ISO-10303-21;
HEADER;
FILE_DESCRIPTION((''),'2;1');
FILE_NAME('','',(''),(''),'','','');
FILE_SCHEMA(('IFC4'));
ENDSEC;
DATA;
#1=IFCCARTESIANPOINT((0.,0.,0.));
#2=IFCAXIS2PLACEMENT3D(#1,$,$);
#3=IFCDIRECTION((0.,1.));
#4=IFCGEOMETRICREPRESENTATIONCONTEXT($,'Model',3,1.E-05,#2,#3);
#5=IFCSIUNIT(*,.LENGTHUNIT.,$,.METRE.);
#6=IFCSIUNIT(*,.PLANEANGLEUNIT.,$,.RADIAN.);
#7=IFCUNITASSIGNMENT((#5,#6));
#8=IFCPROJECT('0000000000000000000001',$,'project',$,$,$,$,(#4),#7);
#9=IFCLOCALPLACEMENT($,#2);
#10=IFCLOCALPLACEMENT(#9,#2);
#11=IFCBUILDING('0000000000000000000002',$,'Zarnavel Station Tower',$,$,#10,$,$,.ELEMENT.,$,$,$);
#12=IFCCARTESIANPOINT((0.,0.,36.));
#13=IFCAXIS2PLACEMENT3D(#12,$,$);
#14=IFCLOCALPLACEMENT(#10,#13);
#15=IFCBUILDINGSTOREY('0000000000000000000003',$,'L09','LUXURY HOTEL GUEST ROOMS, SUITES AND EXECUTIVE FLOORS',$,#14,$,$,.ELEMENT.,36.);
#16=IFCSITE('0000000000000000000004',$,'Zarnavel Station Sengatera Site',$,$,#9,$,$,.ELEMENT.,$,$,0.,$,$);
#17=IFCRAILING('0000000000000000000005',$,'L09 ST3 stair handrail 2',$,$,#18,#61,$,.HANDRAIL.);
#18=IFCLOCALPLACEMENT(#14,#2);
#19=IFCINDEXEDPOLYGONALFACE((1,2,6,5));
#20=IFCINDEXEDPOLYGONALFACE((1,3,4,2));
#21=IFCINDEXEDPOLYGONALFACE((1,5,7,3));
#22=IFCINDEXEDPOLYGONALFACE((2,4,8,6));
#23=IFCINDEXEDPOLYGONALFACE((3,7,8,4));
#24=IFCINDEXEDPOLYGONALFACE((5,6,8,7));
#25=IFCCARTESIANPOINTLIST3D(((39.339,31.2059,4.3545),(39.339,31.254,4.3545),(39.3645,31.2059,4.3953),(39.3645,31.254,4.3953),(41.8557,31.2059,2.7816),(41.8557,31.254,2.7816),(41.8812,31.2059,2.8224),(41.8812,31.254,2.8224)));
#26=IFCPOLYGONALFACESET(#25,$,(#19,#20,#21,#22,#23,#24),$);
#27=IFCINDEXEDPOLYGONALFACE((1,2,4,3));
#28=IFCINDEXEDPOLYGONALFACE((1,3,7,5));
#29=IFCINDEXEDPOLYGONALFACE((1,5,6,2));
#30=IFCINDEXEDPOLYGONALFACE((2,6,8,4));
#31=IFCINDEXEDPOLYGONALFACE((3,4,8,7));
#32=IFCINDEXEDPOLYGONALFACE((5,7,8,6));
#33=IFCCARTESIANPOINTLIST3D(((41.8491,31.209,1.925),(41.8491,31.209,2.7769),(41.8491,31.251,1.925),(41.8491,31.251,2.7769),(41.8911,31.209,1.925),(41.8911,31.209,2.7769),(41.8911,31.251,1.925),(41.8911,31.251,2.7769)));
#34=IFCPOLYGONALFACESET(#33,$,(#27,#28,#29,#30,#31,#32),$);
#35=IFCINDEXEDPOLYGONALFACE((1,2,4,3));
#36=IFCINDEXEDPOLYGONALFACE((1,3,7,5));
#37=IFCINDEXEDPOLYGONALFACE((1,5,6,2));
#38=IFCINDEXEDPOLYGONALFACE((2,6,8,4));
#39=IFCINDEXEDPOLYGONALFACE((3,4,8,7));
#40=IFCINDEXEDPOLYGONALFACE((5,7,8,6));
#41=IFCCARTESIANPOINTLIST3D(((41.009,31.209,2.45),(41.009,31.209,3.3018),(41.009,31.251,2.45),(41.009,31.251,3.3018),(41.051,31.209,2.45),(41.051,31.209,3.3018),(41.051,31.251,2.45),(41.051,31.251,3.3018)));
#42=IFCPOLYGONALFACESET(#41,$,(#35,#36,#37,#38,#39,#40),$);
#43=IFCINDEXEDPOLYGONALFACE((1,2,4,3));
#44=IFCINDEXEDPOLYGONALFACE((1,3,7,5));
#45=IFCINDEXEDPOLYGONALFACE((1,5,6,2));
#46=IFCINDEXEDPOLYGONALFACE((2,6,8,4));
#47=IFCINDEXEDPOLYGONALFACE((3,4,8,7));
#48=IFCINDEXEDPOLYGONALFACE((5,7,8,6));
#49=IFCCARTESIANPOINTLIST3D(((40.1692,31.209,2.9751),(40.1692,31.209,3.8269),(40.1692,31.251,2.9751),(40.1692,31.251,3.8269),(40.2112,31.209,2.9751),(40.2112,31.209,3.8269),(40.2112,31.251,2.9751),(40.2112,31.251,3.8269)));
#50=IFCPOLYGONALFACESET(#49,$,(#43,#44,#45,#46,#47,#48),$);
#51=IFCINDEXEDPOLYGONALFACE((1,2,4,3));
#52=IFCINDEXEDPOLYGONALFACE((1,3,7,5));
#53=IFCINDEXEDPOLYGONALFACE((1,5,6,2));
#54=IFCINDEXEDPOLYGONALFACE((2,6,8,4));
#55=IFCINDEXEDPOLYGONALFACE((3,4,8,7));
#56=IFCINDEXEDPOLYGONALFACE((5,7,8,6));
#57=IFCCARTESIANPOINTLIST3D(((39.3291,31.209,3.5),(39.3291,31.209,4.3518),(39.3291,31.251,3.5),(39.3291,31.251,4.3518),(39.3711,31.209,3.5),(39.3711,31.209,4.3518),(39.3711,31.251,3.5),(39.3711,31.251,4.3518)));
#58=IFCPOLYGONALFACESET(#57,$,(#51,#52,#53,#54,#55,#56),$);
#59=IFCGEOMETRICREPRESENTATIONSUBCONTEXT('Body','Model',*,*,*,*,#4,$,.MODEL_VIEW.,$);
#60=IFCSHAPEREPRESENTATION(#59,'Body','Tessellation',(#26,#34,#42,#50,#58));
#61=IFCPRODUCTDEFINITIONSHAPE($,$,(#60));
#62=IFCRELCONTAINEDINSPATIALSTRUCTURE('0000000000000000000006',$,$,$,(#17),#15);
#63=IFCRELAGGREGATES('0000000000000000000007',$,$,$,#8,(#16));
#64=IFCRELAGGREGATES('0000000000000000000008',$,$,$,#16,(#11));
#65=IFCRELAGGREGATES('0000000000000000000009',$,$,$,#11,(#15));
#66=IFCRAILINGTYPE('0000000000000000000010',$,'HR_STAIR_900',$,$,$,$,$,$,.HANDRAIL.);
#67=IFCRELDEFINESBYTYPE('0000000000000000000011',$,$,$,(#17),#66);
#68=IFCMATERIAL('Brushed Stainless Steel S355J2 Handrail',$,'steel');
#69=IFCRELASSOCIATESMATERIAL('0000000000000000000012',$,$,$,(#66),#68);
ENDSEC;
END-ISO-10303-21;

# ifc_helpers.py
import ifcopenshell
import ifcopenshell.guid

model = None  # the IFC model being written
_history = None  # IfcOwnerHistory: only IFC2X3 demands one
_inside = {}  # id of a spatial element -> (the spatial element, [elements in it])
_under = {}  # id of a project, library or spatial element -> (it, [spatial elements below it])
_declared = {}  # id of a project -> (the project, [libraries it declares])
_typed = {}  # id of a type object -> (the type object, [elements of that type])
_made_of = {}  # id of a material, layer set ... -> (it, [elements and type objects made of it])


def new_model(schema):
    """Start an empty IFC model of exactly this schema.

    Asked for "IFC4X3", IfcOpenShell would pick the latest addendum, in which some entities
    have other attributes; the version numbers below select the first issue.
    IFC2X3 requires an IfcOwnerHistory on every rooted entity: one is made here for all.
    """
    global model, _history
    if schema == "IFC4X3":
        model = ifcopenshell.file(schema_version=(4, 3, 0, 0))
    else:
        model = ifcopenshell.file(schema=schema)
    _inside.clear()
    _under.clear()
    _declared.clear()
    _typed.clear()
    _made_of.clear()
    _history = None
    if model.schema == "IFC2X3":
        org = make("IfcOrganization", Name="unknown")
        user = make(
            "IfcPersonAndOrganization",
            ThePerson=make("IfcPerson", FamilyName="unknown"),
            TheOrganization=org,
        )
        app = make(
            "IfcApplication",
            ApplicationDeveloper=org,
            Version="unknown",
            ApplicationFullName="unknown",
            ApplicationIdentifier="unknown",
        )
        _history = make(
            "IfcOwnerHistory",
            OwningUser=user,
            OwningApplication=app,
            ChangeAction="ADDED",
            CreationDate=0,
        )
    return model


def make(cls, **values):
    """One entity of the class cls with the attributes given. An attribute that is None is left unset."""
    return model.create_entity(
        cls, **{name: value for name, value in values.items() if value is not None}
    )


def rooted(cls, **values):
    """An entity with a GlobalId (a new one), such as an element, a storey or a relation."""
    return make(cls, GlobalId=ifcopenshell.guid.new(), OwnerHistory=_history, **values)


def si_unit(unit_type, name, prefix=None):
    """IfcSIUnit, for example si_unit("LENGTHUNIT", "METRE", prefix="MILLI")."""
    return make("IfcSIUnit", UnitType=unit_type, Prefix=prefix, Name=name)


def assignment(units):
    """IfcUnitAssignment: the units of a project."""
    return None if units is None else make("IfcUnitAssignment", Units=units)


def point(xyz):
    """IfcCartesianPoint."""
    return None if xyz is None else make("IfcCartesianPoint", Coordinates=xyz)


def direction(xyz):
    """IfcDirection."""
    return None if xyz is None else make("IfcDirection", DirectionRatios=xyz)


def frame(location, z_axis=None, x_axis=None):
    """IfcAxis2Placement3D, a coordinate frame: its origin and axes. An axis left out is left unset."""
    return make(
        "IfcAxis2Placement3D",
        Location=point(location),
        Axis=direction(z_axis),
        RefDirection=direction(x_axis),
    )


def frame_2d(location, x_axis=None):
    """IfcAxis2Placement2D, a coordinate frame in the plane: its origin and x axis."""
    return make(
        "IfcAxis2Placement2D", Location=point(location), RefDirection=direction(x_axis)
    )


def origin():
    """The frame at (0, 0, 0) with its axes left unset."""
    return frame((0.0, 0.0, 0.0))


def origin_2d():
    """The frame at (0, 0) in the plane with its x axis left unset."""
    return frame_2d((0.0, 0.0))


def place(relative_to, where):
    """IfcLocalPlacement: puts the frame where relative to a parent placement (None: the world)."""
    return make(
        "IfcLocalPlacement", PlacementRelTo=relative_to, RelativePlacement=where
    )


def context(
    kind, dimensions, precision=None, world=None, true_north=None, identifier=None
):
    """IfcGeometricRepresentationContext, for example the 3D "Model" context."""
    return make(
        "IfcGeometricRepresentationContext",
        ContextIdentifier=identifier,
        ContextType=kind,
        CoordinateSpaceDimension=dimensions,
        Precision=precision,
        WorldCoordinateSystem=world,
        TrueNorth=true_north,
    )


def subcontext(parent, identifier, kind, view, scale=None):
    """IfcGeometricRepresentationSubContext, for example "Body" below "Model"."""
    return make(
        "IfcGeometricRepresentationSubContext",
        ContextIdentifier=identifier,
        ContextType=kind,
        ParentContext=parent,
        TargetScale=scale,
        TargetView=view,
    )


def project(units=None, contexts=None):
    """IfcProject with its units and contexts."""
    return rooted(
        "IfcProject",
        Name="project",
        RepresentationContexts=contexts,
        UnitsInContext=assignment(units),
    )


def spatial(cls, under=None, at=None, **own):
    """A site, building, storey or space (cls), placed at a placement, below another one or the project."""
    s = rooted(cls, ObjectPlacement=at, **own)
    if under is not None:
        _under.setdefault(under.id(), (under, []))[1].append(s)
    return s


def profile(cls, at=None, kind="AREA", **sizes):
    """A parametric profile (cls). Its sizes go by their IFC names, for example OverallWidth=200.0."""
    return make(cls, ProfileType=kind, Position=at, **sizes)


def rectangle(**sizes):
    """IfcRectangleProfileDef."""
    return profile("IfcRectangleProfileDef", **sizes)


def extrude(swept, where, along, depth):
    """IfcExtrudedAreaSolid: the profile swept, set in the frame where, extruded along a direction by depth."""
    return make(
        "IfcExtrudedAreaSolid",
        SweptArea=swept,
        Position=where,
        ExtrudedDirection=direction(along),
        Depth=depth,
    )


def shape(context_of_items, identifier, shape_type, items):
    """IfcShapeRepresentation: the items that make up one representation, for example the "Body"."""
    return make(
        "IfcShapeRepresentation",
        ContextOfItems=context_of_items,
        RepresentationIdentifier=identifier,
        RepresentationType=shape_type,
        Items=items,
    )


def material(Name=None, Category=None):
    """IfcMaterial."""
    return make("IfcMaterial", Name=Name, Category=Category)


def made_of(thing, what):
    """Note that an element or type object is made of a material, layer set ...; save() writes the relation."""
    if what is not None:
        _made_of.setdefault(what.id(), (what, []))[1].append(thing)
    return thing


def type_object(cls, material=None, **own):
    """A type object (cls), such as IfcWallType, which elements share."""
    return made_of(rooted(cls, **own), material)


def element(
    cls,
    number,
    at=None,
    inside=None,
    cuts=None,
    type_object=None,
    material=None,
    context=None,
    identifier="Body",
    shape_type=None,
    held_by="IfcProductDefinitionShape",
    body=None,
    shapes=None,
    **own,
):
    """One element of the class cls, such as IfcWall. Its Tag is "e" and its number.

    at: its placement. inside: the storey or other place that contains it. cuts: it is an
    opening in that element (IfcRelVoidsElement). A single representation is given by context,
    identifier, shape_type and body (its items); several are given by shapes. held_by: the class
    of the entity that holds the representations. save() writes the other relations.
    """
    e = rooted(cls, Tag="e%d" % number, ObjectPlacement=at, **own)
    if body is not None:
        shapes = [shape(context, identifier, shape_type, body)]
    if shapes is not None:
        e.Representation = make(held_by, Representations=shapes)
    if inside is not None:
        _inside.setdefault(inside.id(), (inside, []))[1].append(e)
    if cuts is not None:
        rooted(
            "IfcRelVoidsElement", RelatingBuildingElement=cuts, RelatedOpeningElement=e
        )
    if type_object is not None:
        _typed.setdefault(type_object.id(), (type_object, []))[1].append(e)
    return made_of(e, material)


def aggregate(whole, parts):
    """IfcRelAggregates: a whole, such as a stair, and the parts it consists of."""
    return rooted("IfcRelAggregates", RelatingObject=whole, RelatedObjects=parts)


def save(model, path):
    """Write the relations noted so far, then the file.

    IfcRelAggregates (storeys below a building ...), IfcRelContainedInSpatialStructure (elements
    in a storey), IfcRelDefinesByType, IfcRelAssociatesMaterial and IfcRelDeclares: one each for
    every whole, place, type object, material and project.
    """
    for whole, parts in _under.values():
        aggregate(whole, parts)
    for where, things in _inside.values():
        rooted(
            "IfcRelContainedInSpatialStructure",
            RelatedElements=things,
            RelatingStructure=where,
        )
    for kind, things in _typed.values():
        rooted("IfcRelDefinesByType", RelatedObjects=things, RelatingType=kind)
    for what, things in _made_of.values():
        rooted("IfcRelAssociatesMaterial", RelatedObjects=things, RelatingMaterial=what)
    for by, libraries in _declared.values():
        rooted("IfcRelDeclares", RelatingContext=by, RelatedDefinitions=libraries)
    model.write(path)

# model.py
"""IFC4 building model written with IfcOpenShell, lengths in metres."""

from ifc_helpers import new_model, si_unit, direction, frame, origin, origin_2d, place, context, subcontext, project, spatial, rectangle, extrude, material, type_object, element, save


model = new_model("IFC4")

# Units and contexts
model_context = context("Model", 3, precision=1e-05, world=origin(), true_north=direction((0.0, 1.0)))
body_context = subcontext(model_context, "Body", "Model", "MODEL_VIEW")
ifc_project = project(units=[si_unit("LENGTHUNIT", "METRE"), si_unit("PLANEANGLEUNIT", "RADIAN")], contexts=[model_context])

# Site, building, storey
site_placement = place(None, origin())
site = spatial("IfcSite", under=ifc_project, at=site_placement, Name="Zarnavel Station Sengatera Site", CompositionType="ELEMENT", RefElevation=0.0)
building_placement = place(site_placement, origin())
building = spatial("IfcBuilding", under=site, at=building_placement, Name="Zarnavel Station Tower", CompositionType="ELEMENT")
storey_placement = place(building_placement, frame((0.0, 0.0, 36.0)))
storey = spatial("IfcBuildingStorey", under=building, at=storey_placement, Name="L09", Description="LUXURY HOTEL GUEST ROOMS, SUITES AND EXECUTIVE FLOORS", CompositionType="ELEMENT", Elevation=36.0)

# Railing
ifc_material_1 = material(Name="Brushed Stainless Steel S355J2 Handrail", Category="steel")
railing_type_1 = type_object("IfcRailingType", Name="HR_STAIR_900", PredefinedType="HANDRAIL", material=ifc_material_1)
railing_1_placement = place(storey_placement, frame((41.8701, 31.23, 1.925)))
element("IfcRailing", 1, at=railing_1_placement, inside=storey, type_object=railing_type_1, Name="L09 ST3 stair handrail 2", PredefinedType="HANDRAIL", context=body_context, shape_type="SweptSolid", body=[
    extrude(rectangle(XDim=0.0481, YDim=0.0481, at=origin_2d()), frame((-0.0017, 0.0, 0.877), z_axis=(-0.848008, 0.0, 0.529984), x_axis=(0.0, -1.0, 0.0)), (0.0, 0.0, 1.0), 2.9678),
    extrude(rectangle(XDim=0.042, YDim=0.042, at=origin_2d()), origin(), (0.0, 0.0, 1.0), 0.8518),
    extrude(rectangle(XDim=0.042, YDim=0.042, at=origin_2d()), frame((-0.8401, 0.0, 0.5249)), (0.0, 0.0, 1.0), 0.8518),
    extrude(rectangle(XDim=0.042, YDim=0.042, at=origin_2d()), frame((-1.6799, 0.0, 1.05)), (0.0, 0.0, 1.0), 0.8518),
    extrude(rectangle(XDim=0.042, YDim=0.042, at=origin_2d()), frame((-2.52, 0.0, 1.575)), (0.0, 0.0, 1.0), 0.8518),
])

save(model, "model.ifc")
